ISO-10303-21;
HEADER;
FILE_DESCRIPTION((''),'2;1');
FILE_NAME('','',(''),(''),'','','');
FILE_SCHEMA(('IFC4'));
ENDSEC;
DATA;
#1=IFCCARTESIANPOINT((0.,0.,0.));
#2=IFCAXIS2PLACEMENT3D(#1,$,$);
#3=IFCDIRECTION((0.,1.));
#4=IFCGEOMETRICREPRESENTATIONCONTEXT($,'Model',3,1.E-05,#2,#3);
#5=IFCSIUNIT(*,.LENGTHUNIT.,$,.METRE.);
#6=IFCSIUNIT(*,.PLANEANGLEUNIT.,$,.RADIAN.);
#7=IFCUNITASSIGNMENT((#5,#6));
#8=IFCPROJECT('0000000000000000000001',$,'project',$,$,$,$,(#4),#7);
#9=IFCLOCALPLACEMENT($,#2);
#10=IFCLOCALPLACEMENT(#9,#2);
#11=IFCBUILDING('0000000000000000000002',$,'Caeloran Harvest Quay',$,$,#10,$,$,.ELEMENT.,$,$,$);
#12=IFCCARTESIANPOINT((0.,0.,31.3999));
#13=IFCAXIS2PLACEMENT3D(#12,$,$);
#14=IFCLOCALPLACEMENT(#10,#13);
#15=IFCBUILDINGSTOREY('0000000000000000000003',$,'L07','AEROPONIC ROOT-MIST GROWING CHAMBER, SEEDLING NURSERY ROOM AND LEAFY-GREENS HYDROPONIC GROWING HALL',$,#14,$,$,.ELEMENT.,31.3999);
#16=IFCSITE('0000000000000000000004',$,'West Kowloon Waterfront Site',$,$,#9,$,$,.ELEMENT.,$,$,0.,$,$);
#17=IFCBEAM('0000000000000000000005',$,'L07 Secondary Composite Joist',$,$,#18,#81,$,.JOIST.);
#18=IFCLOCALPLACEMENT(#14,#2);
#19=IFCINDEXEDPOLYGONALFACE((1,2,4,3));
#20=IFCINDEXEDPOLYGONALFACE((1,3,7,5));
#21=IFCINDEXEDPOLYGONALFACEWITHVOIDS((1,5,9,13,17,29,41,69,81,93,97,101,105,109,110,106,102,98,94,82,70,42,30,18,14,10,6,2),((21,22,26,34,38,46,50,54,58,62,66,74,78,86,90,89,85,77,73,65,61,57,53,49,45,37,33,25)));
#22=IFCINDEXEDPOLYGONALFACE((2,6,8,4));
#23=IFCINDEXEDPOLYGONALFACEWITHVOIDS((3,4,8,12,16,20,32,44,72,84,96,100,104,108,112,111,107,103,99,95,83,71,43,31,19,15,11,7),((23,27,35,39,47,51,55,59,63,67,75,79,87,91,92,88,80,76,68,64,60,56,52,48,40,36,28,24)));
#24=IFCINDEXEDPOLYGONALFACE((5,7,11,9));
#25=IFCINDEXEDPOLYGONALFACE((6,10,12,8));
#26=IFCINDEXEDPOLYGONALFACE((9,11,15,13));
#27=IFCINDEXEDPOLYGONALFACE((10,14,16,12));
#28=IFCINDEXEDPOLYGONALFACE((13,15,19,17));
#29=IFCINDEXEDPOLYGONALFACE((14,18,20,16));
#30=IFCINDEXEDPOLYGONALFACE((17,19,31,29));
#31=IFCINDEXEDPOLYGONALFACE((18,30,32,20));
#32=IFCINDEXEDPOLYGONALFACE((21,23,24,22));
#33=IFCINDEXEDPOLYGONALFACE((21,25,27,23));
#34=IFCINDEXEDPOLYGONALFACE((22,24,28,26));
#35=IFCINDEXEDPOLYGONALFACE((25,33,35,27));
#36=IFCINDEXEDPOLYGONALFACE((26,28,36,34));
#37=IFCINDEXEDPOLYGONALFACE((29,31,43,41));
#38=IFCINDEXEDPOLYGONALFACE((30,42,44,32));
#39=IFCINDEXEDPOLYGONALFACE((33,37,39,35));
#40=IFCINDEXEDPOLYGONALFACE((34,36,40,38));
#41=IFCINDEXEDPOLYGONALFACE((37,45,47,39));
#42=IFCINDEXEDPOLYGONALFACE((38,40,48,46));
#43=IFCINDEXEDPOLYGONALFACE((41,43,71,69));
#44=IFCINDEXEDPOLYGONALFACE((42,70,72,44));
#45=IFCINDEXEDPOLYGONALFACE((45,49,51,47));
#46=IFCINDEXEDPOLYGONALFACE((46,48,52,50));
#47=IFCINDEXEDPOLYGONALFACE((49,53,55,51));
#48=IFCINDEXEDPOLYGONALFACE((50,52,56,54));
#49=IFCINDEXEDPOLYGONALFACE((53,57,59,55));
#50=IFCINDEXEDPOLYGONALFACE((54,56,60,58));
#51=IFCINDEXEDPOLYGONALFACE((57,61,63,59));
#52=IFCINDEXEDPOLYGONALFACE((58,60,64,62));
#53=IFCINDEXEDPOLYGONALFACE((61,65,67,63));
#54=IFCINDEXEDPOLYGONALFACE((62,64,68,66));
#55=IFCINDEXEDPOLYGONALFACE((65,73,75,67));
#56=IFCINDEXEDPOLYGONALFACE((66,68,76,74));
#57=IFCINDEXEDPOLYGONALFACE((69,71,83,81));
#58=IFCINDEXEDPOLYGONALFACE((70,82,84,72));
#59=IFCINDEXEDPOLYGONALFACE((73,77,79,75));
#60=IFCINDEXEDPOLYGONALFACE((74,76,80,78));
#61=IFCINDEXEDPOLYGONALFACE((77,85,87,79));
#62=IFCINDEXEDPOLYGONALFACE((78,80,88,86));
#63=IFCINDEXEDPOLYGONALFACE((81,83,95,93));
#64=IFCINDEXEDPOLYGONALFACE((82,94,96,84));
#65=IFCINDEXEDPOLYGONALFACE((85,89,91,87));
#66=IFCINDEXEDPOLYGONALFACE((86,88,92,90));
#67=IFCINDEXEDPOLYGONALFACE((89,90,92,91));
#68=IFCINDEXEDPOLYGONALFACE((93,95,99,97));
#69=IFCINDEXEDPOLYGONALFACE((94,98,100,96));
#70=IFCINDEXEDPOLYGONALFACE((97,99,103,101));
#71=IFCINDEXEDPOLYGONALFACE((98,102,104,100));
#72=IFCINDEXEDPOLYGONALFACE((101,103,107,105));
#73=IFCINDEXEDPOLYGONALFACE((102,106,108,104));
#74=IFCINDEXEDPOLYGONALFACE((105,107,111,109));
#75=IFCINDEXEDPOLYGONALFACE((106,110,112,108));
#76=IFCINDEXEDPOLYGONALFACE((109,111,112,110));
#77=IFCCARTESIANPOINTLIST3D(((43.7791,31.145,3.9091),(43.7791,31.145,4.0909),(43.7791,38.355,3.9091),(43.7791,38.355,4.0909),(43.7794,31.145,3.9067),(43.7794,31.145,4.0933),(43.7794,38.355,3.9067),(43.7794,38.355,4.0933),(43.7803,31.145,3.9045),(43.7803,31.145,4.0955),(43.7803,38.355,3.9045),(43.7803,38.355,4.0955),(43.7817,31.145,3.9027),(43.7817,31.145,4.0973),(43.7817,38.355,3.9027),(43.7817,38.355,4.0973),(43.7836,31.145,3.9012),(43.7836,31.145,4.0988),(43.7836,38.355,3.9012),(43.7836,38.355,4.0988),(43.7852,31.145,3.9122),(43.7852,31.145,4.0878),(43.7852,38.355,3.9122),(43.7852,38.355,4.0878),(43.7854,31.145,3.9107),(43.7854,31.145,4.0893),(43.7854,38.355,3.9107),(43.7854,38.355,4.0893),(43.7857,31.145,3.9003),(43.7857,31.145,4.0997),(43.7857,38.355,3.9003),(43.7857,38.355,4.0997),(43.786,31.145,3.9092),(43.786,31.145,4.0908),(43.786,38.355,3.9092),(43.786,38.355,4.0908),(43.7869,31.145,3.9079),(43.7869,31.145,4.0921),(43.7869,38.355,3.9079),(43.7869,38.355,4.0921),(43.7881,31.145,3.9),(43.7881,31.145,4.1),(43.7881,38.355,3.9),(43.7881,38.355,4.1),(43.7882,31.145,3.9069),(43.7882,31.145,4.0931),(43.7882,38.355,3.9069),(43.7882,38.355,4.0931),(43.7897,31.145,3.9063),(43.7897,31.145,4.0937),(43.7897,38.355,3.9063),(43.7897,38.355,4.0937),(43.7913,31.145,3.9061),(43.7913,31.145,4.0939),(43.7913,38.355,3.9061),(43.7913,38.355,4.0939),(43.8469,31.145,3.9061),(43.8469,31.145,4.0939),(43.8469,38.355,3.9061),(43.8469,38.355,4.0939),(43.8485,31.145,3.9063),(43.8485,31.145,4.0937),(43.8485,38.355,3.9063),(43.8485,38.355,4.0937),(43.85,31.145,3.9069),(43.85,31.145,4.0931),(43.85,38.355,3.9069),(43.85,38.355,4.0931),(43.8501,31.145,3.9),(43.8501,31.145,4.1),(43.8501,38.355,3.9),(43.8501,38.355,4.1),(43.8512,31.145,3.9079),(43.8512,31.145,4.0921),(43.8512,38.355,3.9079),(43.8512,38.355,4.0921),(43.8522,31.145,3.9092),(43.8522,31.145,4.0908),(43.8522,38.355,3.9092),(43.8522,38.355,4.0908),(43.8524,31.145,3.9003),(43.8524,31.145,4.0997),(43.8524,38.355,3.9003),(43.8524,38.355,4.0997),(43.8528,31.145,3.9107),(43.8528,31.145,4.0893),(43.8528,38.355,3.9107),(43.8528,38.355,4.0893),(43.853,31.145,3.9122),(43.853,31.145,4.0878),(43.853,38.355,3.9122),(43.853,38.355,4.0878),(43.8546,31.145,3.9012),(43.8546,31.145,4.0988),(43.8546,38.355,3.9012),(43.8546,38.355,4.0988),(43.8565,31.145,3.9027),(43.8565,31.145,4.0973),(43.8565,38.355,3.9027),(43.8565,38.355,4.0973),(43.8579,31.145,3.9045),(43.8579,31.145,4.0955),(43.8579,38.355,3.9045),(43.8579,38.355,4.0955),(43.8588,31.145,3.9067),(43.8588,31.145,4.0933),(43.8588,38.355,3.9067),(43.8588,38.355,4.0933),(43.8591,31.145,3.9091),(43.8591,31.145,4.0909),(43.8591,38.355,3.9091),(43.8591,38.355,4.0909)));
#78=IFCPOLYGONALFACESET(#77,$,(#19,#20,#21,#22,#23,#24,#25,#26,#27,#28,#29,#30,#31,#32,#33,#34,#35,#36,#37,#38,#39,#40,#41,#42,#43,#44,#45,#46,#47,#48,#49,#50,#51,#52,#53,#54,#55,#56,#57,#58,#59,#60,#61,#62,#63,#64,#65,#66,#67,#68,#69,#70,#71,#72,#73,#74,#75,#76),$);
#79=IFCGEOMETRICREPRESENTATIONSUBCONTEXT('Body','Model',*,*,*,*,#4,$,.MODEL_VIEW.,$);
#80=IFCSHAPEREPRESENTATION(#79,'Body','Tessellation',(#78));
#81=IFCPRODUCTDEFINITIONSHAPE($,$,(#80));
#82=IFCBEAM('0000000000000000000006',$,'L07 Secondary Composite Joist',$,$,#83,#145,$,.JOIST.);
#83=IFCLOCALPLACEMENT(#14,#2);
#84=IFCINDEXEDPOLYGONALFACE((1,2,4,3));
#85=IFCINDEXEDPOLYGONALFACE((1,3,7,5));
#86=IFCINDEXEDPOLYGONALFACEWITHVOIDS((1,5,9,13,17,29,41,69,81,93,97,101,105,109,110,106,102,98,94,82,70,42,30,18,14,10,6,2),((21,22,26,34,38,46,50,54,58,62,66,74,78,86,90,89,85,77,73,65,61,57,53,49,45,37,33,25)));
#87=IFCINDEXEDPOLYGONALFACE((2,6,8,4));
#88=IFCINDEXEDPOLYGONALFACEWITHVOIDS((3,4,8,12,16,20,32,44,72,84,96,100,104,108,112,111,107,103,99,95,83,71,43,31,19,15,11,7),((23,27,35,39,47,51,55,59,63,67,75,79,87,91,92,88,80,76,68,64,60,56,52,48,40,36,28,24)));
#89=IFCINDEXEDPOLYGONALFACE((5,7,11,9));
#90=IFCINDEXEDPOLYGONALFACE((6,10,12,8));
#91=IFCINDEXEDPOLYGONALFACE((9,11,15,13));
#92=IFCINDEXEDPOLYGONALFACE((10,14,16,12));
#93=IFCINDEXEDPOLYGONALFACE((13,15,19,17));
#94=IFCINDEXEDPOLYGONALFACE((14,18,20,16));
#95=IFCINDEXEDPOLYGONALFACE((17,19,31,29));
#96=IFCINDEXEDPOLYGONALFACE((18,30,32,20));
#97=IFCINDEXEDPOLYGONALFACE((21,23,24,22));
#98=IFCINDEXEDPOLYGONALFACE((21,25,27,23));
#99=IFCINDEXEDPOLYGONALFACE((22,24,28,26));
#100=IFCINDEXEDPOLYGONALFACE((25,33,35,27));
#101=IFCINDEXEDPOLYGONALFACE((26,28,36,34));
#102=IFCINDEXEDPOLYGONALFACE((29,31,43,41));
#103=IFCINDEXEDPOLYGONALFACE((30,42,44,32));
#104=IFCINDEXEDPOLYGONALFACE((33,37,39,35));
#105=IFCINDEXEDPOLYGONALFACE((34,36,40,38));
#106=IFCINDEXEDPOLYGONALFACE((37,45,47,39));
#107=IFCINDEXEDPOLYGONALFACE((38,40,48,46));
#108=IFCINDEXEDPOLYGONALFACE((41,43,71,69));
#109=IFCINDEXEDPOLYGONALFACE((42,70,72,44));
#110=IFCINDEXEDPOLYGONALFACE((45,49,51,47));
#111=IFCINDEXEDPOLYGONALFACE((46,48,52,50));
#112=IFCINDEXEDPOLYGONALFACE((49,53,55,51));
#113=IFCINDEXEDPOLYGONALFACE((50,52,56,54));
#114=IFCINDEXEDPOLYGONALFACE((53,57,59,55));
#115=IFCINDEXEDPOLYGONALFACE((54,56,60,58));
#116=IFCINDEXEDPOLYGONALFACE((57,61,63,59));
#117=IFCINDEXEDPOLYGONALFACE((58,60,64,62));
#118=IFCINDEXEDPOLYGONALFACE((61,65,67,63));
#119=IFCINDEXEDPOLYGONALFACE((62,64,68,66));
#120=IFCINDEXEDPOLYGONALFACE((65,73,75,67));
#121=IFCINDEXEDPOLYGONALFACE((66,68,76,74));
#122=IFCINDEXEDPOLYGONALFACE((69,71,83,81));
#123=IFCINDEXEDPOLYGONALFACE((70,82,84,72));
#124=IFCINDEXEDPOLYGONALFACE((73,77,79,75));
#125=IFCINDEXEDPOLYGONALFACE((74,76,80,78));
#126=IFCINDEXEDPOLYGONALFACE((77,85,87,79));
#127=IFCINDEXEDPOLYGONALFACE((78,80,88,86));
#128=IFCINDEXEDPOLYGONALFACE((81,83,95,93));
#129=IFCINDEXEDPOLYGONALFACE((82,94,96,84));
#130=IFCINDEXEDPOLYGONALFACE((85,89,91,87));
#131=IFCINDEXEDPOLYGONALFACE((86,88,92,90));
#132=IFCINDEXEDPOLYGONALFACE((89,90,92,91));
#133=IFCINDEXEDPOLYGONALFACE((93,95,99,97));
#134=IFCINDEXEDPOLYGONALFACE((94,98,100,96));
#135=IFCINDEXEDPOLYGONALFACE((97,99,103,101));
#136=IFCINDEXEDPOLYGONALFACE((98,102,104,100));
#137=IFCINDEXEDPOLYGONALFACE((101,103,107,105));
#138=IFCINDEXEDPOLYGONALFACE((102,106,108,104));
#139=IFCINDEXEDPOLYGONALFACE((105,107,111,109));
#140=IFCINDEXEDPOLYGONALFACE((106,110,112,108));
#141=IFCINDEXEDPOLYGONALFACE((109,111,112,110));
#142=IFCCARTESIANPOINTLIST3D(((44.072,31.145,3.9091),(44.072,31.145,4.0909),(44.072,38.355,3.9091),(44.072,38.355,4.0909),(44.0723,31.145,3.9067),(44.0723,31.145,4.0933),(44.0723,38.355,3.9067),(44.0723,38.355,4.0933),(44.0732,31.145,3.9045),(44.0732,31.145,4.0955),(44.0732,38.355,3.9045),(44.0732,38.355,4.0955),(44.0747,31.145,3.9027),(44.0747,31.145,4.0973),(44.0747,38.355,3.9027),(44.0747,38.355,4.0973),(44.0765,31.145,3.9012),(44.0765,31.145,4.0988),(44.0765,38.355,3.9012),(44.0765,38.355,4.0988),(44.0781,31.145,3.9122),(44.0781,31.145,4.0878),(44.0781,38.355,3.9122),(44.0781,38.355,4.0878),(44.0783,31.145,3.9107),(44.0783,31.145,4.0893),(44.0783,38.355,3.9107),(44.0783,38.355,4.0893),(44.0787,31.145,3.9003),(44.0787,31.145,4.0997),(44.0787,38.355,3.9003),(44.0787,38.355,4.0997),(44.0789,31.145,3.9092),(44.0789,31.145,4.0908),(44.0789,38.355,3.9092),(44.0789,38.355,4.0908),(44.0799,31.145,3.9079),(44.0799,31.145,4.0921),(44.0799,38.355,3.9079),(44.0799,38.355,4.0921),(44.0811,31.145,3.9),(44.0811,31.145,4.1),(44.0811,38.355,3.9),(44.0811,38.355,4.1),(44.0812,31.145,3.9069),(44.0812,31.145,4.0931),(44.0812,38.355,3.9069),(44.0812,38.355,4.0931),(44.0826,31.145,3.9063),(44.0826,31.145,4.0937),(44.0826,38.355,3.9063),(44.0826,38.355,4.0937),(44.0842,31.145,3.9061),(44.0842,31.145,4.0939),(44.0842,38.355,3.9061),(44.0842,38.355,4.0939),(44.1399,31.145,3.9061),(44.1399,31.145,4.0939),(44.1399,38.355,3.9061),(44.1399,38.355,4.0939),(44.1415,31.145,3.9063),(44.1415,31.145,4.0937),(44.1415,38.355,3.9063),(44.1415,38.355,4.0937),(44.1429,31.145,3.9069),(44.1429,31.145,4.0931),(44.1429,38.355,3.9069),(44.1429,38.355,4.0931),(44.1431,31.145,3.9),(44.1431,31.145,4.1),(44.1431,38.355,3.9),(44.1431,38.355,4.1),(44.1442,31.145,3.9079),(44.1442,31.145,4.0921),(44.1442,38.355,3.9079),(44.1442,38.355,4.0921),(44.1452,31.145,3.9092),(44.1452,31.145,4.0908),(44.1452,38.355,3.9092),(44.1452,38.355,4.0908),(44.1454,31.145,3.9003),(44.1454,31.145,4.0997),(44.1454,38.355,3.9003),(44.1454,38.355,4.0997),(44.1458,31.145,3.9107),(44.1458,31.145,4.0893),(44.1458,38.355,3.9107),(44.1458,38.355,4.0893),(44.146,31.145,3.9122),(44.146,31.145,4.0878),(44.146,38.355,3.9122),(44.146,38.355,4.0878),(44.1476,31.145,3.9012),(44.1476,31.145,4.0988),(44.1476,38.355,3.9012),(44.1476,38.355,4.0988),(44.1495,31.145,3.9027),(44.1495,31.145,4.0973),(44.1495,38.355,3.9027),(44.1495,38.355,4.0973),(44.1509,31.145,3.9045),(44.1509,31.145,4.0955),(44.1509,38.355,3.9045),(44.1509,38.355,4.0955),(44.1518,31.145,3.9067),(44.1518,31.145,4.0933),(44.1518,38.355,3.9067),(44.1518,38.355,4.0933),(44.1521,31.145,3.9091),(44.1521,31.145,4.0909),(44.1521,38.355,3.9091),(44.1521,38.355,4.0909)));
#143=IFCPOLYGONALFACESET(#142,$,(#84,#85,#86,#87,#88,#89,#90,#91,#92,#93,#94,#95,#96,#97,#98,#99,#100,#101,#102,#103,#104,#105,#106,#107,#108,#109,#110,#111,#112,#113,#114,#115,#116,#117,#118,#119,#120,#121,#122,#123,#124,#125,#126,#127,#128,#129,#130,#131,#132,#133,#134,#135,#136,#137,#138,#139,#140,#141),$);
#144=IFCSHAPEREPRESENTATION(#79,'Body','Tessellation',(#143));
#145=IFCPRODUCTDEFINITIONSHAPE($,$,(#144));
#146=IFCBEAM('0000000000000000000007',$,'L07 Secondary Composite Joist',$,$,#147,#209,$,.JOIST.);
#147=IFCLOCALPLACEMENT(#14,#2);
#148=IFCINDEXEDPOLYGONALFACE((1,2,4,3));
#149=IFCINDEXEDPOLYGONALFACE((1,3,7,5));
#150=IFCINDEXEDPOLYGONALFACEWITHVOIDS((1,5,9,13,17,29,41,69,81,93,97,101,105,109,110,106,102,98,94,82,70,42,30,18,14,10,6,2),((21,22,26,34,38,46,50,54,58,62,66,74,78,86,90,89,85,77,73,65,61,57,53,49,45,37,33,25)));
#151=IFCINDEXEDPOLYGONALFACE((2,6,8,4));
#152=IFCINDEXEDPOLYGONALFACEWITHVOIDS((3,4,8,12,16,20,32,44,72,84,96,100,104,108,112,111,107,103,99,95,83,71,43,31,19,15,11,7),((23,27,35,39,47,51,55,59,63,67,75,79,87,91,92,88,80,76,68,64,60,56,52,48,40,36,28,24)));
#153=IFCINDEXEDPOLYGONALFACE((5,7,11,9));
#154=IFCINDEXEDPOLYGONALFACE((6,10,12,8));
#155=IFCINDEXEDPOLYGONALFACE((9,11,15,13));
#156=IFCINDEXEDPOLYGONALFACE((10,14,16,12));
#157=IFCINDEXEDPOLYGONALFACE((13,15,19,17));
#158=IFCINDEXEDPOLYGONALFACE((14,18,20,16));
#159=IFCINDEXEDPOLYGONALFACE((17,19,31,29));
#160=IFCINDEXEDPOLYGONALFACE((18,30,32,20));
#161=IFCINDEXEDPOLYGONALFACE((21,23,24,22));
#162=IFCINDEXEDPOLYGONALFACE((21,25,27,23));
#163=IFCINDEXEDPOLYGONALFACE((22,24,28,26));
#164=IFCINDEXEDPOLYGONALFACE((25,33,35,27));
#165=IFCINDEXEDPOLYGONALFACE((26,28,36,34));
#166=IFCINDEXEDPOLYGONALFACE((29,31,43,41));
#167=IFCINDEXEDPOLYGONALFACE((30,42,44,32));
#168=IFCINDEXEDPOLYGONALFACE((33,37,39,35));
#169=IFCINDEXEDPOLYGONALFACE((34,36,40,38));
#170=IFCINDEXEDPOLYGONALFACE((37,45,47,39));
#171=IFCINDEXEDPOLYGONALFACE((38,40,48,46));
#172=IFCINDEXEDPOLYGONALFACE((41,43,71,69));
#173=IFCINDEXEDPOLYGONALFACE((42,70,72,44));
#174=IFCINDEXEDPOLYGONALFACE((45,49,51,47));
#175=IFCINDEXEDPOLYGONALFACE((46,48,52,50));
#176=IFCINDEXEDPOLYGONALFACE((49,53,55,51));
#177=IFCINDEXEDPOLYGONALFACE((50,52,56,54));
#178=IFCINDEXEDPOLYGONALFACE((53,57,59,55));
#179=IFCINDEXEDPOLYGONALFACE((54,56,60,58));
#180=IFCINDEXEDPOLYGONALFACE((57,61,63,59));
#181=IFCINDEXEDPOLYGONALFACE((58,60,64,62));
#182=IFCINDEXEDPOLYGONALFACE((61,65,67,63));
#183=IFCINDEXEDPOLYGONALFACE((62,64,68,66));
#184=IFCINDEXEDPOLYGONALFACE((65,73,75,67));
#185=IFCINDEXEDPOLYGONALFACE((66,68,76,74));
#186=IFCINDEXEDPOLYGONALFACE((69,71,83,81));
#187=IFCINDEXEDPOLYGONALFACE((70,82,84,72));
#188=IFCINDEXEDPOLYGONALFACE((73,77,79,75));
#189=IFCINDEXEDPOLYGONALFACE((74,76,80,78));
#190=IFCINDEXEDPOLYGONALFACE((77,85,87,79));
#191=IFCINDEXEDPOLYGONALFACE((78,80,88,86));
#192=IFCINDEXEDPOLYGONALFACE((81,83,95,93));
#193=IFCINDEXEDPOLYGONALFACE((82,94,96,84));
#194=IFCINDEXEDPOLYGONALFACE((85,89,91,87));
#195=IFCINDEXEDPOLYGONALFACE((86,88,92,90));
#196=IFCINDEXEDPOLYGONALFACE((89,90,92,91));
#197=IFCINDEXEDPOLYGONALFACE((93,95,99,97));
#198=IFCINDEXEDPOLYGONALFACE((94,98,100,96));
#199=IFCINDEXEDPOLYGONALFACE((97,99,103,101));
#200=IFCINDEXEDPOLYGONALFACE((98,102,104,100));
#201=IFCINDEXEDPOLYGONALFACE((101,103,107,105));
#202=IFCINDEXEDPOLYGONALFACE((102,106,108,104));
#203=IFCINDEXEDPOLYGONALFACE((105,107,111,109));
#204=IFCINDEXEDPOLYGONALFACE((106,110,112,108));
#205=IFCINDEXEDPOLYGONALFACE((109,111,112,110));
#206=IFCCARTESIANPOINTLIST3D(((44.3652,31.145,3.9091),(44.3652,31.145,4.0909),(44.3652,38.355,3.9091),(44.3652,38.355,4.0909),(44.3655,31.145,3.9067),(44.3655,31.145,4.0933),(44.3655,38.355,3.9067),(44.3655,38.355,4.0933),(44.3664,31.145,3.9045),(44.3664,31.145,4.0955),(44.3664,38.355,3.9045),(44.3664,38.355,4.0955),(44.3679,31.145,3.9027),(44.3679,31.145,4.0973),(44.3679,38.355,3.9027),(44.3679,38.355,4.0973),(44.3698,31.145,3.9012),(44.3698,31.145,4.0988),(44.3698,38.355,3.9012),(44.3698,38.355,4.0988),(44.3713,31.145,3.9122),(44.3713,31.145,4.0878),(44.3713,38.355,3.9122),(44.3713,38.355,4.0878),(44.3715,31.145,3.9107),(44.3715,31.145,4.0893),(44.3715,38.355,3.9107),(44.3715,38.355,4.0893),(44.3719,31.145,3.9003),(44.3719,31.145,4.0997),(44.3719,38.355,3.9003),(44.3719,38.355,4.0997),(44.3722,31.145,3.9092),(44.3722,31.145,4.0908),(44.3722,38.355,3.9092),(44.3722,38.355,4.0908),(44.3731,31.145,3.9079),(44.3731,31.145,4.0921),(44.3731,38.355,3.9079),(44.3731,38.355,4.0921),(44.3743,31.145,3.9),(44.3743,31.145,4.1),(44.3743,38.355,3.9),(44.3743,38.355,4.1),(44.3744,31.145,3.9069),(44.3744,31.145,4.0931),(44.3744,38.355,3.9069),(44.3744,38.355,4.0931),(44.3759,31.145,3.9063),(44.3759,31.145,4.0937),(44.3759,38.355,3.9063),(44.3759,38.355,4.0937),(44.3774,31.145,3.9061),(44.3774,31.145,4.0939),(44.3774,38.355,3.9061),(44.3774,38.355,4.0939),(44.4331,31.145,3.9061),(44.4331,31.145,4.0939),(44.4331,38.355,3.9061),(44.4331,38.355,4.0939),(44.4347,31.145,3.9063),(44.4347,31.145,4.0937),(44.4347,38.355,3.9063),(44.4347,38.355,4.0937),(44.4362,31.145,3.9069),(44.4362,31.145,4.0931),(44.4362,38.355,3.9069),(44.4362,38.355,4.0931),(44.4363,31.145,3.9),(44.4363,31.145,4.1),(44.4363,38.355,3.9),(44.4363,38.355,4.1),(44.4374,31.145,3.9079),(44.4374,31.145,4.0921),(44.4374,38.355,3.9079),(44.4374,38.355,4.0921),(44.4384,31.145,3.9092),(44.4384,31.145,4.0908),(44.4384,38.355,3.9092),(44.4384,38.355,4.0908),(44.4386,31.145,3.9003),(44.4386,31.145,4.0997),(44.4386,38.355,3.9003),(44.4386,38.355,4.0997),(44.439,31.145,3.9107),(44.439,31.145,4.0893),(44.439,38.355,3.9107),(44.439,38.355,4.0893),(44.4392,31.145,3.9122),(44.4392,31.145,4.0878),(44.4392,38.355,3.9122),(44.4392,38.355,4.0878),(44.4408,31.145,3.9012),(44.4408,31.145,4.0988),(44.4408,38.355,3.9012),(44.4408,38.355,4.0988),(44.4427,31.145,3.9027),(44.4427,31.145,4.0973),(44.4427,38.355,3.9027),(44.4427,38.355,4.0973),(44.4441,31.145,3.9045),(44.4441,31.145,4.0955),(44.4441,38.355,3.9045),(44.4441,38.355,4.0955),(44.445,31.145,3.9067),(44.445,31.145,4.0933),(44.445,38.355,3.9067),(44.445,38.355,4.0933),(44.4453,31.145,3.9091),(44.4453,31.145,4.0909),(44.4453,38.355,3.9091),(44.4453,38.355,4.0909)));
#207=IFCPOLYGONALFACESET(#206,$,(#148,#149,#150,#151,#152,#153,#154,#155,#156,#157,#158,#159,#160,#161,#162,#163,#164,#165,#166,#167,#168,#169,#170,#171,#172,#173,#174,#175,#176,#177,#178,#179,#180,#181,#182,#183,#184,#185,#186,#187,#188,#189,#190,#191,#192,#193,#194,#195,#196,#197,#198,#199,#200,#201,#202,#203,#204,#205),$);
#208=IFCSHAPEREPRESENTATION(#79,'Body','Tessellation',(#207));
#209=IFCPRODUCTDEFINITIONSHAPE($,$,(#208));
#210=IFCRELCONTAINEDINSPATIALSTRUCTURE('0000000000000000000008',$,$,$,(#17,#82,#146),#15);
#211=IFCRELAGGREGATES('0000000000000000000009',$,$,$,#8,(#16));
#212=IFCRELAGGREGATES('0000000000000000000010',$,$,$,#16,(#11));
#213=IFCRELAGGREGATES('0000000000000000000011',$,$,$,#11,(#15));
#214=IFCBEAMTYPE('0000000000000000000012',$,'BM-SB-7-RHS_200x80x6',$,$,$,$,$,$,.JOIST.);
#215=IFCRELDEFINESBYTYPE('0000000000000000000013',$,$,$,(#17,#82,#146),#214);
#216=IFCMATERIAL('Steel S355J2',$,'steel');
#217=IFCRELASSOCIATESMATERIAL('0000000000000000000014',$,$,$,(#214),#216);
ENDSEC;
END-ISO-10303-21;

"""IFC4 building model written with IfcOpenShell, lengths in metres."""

from ifc_helpers import new_model, si_unit, direction, frame, origin, origin_2d, place, context, subcontext, project, spatial, hollow_rectangle, extrude, material, material_profile, profile_set, type_object, element, save


model = new_model("IFC4")

# Units and contexts
model_context = context("Model", 3, precision=1e-05, world=origin(), true_north=direction((0.0, 1.0)))
body_context = subcontext(model_context, "Body", "Model", "MODEL_VIEW")
ifc_project = project(units=[si_unit("LENGTHUNIT", "METRE"), si_unit("PLANEANGLEUNIT", "RADIAN")], contexts=[model_context])

# Site, building, storey
site_placement = place(None, origin())
site = spatial("IfcSite", under=ifc_project, at=site_placement, Name="West Kowloon Waterfront Site", CompositionType="ELEMENT", RefElevation=0.0)
building_placement = place(site_placement, origin())
building = spatial("IfcBuilding", under=site, at=building_placement, Name="Caeloran Harvest Quay", CompositionType="ELEMENT")
storey_placement = place(building_placement, frame((0.0, 0.0, 31.3999)))
storey = spatial("IfcBuildingStorey", under=building, at=storey_placement, Name="L07", Description="AEROPONIC ROOT-MIST GROWING CHAMBER, SEEDLING NURSERY ROOM AND LEAFY-GREENS HYDROPONIC GROWING HALL", CompositionType="ELEMENT", Elevation=31.3999)

# Beams
ifc_material_1 = material(Name="Steel S355J2", Category="steel")
ifc_material_profile_1 = material_profile(ifc_material_1, hollow_rectangle(XDim=0.0801, YDim=0.2, WallThickness=0.0061, InnerFilletRadius=0.0061, OuterFilletRadius=0.009, at=origin_2d()), Name="RHS 200x80x6")
ifc_profile_set_1 = profile_set([ifc_material_profile_1], Name="Steel S355J2")
beam_type_1 = type_object("IfcBeamType", Name="BM-SB-7-RHS_200x80x6", PredefinedType="JOIST", material=ifc_profile_set_1)
for number, where, z_axis, x_axis, name in (
    (1, (43.8191, 31.145, 4.0), (0.0, 1.0, 0.0), (-1.0, 0.0, 0.0), "L07 Secondary Composite Joist"),
    (2, (44.1121, 31.145, 4.0), (0.0, 1.0, 0.0), (-1.0, 0.0, 0.0), "L07 Secondary Composite Joist"),
    (3, (44.4053, 31.145, 4.0), (0.0, 1.0, 0.0), (-1.0, 0.0, 0.0), "L07 Secondary Composite Joist"),
):
    element("IfcBeam", number, at=place(storey_placement, frame(where, z_axis=z_axis, x_axis=x_axis)), inside=storey, type_object=beam_type_1, Name=name, PredefinedType="JOIST", context=body_context, shape_type="SweptSolid", body=[
        extrude(hollow_rectangle(XDim=0.0801, YDim=0.2, WallThickness=0.0061, InnerFilletRadius=0.0061, OuterFilletRadius=0.009, at=origin_2d()), origin(), (0.0, 0.0, 1.0), 7.21),
    ])

save(model, "model.ifc")
